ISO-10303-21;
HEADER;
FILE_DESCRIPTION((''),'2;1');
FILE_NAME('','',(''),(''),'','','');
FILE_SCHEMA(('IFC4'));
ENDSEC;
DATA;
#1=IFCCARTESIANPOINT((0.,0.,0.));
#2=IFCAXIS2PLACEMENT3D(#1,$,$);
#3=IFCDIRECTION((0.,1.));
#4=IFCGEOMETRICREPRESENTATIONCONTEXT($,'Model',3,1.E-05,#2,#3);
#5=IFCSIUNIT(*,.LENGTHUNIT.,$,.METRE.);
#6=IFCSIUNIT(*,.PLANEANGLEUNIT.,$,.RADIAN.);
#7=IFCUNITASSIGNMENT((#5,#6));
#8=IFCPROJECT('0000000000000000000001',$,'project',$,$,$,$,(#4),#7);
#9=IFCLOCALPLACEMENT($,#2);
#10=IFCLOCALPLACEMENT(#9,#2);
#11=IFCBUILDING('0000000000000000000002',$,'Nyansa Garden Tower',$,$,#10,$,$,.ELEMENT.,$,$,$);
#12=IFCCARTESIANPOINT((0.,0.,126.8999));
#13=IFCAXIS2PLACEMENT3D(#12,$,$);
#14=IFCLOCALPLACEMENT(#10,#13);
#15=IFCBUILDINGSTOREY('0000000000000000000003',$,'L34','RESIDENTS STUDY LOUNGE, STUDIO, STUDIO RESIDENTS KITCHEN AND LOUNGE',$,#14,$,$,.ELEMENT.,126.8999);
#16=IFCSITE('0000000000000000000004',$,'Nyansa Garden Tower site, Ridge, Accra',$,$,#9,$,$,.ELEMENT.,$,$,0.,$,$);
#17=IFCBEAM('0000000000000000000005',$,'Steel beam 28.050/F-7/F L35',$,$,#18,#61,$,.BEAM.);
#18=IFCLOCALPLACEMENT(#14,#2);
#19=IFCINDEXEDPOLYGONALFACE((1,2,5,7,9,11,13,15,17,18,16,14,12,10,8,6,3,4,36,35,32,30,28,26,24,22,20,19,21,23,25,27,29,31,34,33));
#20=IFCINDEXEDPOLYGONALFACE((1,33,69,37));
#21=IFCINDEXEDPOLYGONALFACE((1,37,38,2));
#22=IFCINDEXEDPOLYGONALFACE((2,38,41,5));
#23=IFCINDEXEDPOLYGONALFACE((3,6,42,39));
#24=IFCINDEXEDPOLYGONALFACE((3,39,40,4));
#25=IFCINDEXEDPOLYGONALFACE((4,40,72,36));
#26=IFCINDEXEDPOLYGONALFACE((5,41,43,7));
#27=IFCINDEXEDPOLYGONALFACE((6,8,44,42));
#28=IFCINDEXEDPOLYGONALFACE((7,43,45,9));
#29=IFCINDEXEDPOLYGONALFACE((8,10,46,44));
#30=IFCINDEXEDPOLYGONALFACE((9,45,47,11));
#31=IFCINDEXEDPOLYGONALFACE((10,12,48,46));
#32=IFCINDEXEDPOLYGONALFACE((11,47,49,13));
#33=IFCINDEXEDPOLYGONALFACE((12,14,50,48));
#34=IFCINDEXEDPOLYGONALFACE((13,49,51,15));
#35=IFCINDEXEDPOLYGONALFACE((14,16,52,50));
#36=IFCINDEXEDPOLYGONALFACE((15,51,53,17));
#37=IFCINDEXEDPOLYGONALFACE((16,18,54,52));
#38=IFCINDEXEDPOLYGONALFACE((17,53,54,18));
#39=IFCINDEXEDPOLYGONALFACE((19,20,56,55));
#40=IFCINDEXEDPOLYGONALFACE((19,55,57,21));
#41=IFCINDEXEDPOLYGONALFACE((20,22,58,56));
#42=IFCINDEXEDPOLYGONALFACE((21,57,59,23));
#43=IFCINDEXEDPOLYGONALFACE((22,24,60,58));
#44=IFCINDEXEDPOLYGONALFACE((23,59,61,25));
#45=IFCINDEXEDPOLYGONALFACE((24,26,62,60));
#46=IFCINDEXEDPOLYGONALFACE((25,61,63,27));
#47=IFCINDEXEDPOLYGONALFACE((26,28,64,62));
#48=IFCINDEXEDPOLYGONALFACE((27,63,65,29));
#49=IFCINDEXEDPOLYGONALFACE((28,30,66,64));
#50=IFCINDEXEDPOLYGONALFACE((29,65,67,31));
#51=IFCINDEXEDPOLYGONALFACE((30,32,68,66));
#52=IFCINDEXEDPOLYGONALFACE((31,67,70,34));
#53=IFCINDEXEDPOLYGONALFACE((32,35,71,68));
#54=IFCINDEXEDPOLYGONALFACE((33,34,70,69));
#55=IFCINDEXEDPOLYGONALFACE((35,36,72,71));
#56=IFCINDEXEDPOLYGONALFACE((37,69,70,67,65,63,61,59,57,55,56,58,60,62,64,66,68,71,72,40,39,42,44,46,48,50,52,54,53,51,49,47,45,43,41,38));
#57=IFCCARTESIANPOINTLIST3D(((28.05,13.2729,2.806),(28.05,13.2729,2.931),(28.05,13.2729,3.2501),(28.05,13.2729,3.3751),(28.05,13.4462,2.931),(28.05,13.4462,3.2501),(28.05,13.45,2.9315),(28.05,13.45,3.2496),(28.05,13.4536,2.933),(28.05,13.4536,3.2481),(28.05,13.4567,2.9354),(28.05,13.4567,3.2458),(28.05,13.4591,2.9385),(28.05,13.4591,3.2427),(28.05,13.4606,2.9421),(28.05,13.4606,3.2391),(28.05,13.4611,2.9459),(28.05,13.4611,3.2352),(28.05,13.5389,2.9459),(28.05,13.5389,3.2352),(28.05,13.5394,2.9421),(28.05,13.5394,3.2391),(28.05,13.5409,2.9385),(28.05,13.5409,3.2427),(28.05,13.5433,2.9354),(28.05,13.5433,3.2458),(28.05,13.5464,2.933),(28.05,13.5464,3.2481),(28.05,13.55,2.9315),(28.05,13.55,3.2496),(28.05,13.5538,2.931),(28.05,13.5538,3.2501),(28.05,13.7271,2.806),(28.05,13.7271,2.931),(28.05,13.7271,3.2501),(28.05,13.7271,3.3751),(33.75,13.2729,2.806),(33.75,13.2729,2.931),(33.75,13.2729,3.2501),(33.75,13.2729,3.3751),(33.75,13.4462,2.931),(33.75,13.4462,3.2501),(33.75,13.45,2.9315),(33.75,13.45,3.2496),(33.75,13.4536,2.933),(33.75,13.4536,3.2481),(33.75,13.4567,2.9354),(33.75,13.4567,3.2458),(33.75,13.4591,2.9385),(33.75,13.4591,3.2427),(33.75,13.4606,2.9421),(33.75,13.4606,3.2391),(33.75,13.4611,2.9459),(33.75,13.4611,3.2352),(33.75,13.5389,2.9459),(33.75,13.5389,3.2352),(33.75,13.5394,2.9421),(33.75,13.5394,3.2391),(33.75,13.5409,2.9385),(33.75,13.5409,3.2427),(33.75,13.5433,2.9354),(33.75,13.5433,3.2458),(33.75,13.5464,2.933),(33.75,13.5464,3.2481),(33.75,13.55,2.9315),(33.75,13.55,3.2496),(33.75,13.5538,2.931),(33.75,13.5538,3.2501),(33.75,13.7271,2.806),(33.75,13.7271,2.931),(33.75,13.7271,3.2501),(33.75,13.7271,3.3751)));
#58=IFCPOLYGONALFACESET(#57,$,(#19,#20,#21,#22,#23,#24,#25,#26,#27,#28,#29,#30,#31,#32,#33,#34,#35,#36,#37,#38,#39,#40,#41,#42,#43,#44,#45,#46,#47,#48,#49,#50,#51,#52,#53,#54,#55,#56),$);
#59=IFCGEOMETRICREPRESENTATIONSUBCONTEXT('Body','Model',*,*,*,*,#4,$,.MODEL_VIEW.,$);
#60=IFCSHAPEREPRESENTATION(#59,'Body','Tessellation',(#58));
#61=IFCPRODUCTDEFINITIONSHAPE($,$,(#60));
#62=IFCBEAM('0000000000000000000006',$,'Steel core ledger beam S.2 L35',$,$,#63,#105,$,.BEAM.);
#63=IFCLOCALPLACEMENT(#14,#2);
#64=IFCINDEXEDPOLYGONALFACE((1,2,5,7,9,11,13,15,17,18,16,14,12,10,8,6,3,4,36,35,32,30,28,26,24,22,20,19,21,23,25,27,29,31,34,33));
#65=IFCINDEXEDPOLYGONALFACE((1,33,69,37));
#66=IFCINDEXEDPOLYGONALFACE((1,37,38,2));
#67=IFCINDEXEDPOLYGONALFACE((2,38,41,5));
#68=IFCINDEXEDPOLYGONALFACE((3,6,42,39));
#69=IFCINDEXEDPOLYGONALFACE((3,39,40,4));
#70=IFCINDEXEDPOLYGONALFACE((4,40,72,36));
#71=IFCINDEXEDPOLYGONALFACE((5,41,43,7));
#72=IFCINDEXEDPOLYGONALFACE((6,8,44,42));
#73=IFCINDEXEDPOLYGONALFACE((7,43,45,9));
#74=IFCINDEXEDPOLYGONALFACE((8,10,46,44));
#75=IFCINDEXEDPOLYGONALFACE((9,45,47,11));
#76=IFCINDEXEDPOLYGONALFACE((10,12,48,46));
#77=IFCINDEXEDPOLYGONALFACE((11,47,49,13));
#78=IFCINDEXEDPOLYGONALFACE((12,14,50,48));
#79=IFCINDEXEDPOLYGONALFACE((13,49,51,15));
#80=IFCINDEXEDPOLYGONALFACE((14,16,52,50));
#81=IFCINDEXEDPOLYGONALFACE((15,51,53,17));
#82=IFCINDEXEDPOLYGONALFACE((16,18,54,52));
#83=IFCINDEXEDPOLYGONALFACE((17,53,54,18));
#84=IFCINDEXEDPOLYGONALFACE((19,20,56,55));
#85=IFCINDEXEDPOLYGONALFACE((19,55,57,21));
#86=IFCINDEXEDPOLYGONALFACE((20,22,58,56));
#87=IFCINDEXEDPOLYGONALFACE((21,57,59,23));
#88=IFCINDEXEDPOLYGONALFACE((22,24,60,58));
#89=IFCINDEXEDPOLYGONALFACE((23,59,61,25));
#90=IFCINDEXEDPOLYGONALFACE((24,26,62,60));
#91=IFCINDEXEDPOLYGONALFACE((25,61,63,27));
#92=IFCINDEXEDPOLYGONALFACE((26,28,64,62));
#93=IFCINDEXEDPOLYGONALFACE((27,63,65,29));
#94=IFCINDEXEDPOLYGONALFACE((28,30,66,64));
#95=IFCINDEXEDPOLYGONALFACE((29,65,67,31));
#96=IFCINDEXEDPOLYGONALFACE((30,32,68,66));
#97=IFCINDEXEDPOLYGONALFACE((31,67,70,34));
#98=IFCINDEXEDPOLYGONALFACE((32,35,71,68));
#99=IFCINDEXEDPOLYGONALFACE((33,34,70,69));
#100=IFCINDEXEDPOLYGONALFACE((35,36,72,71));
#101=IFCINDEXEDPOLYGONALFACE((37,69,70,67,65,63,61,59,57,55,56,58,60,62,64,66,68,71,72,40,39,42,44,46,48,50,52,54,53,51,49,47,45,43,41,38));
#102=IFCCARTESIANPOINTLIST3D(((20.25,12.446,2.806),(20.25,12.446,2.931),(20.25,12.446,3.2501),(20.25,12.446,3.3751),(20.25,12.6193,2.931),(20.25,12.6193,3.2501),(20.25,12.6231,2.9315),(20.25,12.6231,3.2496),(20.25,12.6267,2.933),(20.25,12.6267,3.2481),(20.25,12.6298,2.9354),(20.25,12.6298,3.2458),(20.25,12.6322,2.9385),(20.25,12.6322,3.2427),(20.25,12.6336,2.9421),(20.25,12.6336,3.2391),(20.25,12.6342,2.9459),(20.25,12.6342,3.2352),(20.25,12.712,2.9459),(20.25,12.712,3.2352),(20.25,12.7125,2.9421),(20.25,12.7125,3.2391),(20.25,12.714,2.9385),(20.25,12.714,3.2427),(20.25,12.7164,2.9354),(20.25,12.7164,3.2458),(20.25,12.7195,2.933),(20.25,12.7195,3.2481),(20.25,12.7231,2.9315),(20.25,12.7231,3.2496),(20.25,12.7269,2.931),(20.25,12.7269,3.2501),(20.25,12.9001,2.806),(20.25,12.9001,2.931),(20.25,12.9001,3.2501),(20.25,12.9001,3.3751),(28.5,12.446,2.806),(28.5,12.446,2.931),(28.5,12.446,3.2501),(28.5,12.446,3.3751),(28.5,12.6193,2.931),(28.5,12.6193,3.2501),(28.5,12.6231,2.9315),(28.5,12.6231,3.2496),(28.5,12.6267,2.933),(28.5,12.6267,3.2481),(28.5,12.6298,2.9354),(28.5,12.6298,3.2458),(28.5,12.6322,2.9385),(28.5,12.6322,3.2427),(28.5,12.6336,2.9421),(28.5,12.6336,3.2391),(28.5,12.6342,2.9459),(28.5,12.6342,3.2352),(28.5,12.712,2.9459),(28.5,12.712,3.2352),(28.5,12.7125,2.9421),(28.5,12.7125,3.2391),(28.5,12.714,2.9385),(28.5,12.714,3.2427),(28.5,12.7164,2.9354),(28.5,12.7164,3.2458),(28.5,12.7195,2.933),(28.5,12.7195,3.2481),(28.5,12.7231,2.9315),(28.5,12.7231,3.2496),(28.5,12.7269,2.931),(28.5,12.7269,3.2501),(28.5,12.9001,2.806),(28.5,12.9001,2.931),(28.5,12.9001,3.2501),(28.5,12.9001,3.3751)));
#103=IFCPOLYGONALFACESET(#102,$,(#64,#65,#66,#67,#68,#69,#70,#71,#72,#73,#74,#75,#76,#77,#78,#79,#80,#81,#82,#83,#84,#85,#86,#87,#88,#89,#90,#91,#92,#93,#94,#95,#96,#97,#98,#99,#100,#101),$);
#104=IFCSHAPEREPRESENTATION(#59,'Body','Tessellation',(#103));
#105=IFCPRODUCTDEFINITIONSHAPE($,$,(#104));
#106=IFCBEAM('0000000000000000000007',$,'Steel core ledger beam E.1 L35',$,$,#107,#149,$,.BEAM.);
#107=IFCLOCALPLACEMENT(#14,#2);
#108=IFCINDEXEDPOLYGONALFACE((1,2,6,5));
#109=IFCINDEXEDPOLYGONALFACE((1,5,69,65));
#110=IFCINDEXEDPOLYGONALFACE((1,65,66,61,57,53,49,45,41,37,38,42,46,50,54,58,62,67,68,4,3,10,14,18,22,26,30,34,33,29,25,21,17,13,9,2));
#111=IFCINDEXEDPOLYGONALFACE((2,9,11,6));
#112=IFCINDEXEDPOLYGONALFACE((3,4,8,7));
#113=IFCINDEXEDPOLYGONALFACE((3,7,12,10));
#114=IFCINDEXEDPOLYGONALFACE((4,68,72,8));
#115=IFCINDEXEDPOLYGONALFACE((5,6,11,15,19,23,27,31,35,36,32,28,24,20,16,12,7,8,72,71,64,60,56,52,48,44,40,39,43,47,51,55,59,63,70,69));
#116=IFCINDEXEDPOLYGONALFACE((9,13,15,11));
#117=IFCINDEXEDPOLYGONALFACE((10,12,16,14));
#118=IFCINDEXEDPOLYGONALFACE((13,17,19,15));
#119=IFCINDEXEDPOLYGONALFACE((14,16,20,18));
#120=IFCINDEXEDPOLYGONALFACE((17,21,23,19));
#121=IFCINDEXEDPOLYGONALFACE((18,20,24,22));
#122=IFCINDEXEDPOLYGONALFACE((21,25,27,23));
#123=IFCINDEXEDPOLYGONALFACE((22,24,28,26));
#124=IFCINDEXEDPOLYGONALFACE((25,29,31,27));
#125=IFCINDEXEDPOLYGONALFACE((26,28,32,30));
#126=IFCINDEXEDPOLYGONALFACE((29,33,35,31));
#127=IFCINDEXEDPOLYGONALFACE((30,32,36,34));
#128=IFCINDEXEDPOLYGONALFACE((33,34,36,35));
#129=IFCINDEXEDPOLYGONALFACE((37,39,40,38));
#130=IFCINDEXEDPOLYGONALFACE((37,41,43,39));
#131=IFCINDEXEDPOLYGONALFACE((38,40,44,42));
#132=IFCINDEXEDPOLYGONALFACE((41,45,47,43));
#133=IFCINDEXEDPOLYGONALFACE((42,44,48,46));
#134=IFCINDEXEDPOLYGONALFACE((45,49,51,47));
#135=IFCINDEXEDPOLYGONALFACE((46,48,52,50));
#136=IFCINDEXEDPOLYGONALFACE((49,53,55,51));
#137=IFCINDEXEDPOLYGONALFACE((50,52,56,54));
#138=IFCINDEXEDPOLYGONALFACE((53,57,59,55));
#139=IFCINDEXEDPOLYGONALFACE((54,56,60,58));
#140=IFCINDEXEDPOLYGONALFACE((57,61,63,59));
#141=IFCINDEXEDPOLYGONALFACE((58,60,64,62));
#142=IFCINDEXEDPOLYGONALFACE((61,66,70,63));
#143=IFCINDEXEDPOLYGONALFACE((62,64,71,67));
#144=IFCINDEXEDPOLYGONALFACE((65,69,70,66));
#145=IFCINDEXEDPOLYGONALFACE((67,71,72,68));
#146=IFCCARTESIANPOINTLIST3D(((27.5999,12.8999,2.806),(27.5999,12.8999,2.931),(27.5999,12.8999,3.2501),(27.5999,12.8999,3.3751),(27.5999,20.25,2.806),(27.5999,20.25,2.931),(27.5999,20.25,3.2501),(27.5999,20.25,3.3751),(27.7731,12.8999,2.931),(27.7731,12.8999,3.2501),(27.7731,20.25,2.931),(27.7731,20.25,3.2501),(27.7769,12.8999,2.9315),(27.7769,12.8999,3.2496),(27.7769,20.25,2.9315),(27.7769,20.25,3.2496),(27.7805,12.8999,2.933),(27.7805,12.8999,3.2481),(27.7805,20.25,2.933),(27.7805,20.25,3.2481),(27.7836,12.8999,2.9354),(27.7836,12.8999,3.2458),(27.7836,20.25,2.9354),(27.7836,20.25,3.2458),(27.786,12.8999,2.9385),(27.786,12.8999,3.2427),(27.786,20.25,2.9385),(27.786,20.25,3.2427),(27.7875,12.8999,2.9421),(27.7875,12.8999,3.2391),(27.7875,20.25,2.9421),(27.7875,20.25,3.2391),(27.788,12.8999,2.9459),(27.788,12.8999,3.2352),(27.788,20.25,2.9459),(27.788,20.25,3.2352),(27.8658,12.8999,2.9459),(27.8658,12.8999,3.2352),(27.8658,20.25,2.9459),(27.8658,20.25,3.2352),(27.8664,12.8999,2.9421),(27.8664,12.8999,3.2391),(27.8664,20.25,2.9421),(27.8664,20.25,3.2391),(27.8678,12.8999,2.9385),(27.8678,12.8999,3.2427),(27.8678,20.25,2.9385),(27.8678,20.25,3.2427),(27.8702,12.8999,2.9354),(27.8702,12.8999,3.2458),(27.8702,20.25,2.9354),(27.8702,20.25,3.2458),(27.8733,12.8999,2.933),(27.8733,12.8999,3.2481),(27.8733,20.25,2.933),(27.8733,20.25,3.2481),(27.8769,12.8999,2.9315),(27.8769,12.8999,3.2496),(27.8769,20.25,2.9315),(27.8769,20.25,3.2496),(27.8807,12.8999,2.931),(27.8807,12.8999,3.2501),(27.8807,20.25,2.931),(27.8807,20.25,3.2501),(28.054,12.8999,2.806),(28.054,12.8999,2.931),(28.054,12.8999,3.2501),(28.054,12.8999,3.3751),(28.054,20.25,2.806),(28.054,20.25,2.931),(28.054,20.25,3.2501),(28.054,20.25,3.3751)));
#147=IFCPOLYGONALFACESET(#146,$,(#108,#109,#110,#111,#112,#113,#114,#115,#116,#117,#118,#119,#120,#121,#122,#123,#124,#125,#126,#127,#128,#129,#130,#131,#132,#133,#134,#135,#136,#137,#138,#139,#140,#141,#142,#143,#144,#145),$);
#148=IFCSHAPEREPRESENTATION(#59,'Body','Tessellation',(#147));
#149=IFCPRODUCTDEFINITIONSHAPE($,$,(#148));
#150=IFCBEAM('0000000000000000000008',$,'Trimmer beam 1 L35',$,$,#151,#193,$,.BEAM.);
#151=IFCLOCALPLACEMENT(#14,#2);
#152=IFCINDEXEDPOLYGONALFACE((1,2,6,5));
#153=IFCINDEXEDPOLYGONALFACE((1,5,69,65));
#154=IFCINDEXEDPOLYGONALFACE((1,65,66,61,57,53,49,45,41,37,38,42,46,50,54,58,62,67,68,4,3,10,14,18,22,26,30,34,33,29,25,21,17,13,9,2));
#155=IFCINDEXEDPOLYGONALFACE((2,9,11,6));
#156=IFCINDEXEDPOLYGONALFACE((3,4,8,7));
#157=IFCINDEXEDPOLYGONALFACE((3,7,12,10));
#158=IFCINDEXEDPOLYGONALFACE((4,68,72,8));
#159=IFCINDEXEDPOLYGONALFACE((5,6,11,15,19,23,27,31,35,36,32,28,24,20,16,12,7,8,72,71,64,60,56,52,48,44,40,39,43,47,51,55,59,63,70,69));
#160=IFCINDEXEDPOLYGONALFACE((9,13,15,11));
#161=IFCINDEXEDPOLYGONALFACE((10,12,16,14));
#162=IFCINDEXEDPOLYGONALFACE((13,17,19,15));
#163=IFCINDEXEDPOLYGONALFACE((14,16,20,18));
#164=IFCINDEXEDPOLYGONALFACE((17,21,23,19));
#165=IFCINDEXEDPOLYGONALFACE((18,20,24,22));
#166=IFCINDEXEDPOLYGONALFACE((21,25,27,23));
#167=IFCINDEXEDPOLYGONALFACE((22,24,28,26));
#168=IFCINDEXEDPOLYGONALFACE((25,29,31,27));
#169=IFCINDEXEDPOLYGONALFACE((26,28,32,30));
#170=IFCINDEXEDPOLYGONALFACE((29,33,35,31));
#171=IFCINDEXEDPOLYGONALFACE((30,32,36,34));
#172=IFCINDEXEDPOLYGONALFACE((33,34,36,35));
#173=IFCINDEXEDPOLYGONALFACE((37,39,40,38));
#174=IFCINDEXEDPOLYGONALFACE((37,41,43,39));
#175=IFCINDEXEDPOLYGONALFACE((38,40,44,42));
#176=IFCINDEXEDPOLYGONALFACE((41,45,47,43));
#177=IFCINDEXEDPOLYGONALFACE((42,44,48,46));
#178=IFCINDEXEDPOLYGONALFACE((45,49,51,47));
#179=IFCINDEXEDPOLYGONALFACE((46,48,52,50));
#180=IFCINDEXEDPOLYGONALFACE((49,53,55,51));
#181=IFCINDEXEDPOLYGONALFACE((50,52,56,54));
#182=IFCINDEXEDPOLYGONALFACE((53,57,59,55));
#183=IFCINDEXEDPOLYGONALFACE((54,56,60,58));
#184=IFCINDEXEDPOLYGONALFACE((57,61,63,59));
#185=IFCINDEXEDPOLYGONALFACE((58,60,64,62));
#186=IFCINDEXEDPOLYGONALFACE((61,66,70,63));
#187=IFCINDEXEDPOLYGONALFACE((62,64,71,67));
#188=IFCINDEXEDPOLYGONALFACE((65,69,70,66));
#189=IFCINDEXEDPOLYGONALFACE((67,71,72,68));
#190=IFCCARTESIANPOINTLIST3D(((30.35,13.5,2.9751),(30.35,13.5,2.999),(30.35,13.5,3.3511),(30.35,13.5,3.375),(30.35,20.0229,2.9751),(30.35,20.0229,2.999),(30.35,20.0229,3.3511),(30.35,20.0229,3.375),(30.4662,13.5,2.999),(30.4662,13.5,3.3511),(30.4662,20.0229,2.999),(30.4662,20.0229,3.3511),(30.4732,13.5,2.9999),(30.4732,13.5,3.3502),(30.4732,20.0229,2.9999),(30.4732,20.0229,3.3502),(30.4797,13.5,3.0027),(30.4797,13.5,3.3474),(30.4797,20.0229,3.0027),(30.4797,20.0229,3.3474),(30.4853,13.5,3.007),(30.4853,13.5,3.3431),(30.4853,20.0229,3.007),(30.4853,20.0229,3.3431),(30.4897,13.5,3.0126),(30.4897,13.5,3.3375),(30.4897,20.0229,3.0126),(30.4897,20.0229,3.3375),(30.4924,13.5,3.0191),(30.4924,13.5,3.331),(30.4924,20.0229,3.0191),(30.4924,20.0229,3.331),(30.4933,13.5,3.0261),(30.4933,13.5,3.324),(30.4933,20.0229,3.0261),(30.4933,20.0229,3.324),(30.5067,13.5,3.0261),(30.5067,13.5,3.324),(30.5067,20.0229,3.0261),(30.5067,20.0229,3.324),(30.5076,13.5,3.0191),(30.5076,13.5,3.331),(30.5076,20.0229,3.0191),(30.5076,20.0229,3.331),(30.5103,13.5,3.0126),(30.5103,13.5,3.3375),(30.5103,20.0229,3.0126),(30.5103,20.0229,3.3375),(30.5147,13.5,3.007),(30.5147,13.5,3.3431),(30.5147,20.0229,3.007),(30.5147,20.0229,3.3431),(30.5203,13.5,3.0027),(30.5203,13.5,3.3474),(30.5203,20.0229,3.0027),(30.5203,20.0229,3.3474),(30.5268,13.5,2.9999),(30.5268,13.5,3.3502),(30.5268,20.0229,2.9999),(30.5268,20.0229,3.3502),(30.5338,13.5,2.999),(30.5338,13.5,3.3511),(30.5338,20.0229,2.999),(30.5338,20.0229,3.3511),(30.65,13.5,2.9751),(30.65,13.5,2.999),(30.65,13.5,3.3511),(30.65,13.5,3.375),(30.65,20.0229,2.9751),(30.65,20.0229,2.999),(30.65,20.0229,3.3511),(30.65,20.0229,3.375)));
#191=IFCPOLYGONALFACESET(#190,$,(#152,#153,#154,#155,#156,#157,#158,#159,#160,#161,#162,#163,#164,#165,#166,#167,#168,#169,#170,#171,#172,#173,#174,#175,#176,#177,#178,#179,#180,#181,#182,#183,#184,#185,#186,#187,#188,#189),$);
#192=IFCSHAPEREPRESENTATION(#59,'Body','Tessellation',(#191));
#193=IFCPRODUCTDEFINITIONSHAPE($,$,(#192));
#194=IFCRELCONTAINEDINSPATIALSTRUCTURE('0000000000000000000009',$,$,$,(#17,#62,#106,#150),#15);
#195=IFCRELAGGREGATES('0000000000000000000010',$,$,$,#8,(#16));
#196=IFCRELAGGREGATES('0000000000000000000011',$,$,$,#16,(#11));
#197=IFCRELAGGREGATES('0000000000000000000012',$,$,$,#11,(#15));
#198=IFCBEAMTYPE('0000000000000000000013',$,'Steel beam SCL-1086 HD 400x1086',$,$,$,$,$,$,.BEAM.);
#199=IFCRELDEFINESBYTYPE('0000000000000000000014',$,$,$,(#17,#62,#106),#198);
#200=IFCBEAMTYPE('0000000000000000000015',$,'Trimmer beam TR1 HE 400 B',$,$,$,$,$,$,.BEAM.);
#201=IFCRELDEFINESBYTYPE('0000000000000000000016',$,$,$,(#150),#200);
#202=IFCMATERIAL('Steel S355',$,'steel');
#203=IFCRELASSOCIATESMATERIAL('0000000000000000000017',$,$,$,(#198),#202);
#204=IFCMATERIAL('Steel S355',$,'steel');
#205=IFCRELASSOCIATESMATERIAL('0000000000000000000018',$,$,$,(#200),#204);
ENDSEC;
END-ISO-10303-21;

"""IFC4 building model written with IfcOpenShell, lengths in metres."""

from ifc_helpers import new_model, si_unit, direction, frame, origin, origin_2d, place, context, subcontext, project, spatial, i_section, extrude, material, material_profile, profile_set, type_object, element, save


model = new_model("IFC4")

# Units and contexts
model_context = context("Model", 3, precision=1e-05, world=origin(), true_north=direction((0.0, 1.0)))
body_context = subcontext(model_context, "Body", "Model", "MODEL_VIEW")
ifc_project = project(units=[si_unit("LENGTHUNIT", "METRE"), si_unit("PLANEANGLEUNIT", "RADIAN")], contexts=[model_context])

# Site, building, storey
site_placement = place(None, origin())
site = spatial("IfcSite", under=ifc_project, at=site_placement, Name="Nyansa Garden Tower site, Ridge, Accra", CompositionType="ELEMENT", RefElevation=0.0)
building_placement = place(site_placement, origin())
building = spatial("IfcBuilding", under=site, at=building_placement, Name="Nyansa Garden Tower", CompositionType="ELEMENT")
storey_placement = place(building_placement, frame((0.0, 0.0, 126.8999)))
storey = spatial("IfcBuildingStorey", under=building, at=storey_placement, Name="L34", Description="RESIDENTS STUDY LOUNGE, STUDIO, STUDIO RESIDENTS KITCHEN AND LOUNGE", CompositionType="ELEMENT", Elevation=126.8999)

# Beams
ifc_material_1 = material(Name="Steel S355", Category="steel")
ifc_material_profile_1 = material_profile(ifc_material_1, i_section(OverallWidth=0.4541, OverallDepth=0.5691, WebThickness=0.0779, FlangeThickness=0.125, FilletRadius=0.0149, at=origin_2d()), Name="HD 400x1086")
ifc_profile_set_1 = profile_set([ifc_material_profile_1], Name="Steel S355")
beam_type_1 = type_object("IfcBeamType", Name="Steel beam SCL-1086 HD 400x1086", PredefinedType="BEAM", material=ifc_profile_set_1)
for number, where, z_axis, x_axis, name in (
    (1, (28.05, 13.5, 3.0906), (1.0, 0.0, 0.0), (0.0, 1.0, 0.0), "Steel beam 28.050/F-7/F L35"),
):
    element("IfcBeam", number, at=place(storey_placement, frame(where, z_axis=z_axis, x_axis=x_axis)), inside=storey, type_object=beam_type_1, Name=name, PredefinedType="BEAM", context=body_context, shape_type="SweptSolid", body=[
        extrude(i_section(OverallWidth=0.4541, OverallDepth=0.5691, WebThickness=0.0779, FlangeThickness=0.125, FilletRadius=0.0149, at=origin_2d()), origin(), (0.0, 0.0, 1.0), 5.7),
    ])
beam_1_placement = place(storey_placement, frame((20.25, 12.6731, 3.0906), z_axis=(1.0, 0.0, 0.0), x_axis=(0.0, 1.0, 0.0)))
element("IfcBeam", 2, at=beam_1_placement, inside=storey, type_object=beam_type_1, Name="Steel core ledger beam S.2 L35", PredefinedType="BEAM", context=body_context, shape_type="SweptSolid", body=[
    extrude(i_section(OverallWidth=0.4541, OverallDepth=0.5691, WebThickness=0.0779, FlangeThickness=0.125, FilletRadius=0.0149, at=origin_2d()), origin(), (0.0, 0.0, 1.0), 8.25),
])
beam_2_placement = place(storey_placement, frame((27.8269, 12.8999, 3.0906), z_axis=(0.0, 1.0, 0.0), x_axis=(-1.0, 0.0, 0.0)))
element("IfcBeam", 3, at=beam_2_placement, inside=storey, type_object=beam_type_1, Name="Steel core ledger beam E.1 L35", PredefinedType="BEAM", context=body_context, shape_type="SweptSolid", body=[
    extrude(i_section(OverallWidth=0.4541, OverallDepth=0.5691, WebThickness=0.0779, FlangeThickness=0.125, FilletRadius=0.0149, at=origin_2d()), origin(), (0.0, 0.0, 1.0), 7.3501),
])
ifc_material_2 = material(Name="Steel S355", Category="steel")
ifc_material_profile_2 = material_profile(ifc_material_2, i_section(OverallWidth=0.3, OverallDepth=0.3999, WebThickness=0.0134, FlangeThickness=0.0239, FilletRadius=0.0271, at=origin_2d()), Name="HE 400 B")
ifc_profile_set_2 = profile_set([ifc_material_profile_2], Name="Steel S355")
beam_type_2 = type_object("IfcBeamType", Name="Trimmer beam TR1 HE 400 B", PredefinedType="BEAM", material=ifc_profile_set_2)
beam_3_placement = place(storey_placement, frame((30.5, 13.5, 3.175), z_axis=(0.0, 1.0, 0.0), x_axis=(-1.0, 0.0, 0.0)))
element("IfcBeam", 4, at=beam_3_placement, inside=storey, type_object=beam_type_2, Name="Trimmer beam 1 L35", PredefinedType="BEAM", context=body_context, shape_type="SweptSolid", body=[
    extrude(i_section(OverallWidth=0.3, OverallDepth=0.3999, WebThickness=0.0134, FlangeThickness=0.0239, FilletRadius=0.0271, at=origin_2d()), origin(), (0.0, 0.0, 1.0), 6.5229),
])

save(model, "model.ifc")
